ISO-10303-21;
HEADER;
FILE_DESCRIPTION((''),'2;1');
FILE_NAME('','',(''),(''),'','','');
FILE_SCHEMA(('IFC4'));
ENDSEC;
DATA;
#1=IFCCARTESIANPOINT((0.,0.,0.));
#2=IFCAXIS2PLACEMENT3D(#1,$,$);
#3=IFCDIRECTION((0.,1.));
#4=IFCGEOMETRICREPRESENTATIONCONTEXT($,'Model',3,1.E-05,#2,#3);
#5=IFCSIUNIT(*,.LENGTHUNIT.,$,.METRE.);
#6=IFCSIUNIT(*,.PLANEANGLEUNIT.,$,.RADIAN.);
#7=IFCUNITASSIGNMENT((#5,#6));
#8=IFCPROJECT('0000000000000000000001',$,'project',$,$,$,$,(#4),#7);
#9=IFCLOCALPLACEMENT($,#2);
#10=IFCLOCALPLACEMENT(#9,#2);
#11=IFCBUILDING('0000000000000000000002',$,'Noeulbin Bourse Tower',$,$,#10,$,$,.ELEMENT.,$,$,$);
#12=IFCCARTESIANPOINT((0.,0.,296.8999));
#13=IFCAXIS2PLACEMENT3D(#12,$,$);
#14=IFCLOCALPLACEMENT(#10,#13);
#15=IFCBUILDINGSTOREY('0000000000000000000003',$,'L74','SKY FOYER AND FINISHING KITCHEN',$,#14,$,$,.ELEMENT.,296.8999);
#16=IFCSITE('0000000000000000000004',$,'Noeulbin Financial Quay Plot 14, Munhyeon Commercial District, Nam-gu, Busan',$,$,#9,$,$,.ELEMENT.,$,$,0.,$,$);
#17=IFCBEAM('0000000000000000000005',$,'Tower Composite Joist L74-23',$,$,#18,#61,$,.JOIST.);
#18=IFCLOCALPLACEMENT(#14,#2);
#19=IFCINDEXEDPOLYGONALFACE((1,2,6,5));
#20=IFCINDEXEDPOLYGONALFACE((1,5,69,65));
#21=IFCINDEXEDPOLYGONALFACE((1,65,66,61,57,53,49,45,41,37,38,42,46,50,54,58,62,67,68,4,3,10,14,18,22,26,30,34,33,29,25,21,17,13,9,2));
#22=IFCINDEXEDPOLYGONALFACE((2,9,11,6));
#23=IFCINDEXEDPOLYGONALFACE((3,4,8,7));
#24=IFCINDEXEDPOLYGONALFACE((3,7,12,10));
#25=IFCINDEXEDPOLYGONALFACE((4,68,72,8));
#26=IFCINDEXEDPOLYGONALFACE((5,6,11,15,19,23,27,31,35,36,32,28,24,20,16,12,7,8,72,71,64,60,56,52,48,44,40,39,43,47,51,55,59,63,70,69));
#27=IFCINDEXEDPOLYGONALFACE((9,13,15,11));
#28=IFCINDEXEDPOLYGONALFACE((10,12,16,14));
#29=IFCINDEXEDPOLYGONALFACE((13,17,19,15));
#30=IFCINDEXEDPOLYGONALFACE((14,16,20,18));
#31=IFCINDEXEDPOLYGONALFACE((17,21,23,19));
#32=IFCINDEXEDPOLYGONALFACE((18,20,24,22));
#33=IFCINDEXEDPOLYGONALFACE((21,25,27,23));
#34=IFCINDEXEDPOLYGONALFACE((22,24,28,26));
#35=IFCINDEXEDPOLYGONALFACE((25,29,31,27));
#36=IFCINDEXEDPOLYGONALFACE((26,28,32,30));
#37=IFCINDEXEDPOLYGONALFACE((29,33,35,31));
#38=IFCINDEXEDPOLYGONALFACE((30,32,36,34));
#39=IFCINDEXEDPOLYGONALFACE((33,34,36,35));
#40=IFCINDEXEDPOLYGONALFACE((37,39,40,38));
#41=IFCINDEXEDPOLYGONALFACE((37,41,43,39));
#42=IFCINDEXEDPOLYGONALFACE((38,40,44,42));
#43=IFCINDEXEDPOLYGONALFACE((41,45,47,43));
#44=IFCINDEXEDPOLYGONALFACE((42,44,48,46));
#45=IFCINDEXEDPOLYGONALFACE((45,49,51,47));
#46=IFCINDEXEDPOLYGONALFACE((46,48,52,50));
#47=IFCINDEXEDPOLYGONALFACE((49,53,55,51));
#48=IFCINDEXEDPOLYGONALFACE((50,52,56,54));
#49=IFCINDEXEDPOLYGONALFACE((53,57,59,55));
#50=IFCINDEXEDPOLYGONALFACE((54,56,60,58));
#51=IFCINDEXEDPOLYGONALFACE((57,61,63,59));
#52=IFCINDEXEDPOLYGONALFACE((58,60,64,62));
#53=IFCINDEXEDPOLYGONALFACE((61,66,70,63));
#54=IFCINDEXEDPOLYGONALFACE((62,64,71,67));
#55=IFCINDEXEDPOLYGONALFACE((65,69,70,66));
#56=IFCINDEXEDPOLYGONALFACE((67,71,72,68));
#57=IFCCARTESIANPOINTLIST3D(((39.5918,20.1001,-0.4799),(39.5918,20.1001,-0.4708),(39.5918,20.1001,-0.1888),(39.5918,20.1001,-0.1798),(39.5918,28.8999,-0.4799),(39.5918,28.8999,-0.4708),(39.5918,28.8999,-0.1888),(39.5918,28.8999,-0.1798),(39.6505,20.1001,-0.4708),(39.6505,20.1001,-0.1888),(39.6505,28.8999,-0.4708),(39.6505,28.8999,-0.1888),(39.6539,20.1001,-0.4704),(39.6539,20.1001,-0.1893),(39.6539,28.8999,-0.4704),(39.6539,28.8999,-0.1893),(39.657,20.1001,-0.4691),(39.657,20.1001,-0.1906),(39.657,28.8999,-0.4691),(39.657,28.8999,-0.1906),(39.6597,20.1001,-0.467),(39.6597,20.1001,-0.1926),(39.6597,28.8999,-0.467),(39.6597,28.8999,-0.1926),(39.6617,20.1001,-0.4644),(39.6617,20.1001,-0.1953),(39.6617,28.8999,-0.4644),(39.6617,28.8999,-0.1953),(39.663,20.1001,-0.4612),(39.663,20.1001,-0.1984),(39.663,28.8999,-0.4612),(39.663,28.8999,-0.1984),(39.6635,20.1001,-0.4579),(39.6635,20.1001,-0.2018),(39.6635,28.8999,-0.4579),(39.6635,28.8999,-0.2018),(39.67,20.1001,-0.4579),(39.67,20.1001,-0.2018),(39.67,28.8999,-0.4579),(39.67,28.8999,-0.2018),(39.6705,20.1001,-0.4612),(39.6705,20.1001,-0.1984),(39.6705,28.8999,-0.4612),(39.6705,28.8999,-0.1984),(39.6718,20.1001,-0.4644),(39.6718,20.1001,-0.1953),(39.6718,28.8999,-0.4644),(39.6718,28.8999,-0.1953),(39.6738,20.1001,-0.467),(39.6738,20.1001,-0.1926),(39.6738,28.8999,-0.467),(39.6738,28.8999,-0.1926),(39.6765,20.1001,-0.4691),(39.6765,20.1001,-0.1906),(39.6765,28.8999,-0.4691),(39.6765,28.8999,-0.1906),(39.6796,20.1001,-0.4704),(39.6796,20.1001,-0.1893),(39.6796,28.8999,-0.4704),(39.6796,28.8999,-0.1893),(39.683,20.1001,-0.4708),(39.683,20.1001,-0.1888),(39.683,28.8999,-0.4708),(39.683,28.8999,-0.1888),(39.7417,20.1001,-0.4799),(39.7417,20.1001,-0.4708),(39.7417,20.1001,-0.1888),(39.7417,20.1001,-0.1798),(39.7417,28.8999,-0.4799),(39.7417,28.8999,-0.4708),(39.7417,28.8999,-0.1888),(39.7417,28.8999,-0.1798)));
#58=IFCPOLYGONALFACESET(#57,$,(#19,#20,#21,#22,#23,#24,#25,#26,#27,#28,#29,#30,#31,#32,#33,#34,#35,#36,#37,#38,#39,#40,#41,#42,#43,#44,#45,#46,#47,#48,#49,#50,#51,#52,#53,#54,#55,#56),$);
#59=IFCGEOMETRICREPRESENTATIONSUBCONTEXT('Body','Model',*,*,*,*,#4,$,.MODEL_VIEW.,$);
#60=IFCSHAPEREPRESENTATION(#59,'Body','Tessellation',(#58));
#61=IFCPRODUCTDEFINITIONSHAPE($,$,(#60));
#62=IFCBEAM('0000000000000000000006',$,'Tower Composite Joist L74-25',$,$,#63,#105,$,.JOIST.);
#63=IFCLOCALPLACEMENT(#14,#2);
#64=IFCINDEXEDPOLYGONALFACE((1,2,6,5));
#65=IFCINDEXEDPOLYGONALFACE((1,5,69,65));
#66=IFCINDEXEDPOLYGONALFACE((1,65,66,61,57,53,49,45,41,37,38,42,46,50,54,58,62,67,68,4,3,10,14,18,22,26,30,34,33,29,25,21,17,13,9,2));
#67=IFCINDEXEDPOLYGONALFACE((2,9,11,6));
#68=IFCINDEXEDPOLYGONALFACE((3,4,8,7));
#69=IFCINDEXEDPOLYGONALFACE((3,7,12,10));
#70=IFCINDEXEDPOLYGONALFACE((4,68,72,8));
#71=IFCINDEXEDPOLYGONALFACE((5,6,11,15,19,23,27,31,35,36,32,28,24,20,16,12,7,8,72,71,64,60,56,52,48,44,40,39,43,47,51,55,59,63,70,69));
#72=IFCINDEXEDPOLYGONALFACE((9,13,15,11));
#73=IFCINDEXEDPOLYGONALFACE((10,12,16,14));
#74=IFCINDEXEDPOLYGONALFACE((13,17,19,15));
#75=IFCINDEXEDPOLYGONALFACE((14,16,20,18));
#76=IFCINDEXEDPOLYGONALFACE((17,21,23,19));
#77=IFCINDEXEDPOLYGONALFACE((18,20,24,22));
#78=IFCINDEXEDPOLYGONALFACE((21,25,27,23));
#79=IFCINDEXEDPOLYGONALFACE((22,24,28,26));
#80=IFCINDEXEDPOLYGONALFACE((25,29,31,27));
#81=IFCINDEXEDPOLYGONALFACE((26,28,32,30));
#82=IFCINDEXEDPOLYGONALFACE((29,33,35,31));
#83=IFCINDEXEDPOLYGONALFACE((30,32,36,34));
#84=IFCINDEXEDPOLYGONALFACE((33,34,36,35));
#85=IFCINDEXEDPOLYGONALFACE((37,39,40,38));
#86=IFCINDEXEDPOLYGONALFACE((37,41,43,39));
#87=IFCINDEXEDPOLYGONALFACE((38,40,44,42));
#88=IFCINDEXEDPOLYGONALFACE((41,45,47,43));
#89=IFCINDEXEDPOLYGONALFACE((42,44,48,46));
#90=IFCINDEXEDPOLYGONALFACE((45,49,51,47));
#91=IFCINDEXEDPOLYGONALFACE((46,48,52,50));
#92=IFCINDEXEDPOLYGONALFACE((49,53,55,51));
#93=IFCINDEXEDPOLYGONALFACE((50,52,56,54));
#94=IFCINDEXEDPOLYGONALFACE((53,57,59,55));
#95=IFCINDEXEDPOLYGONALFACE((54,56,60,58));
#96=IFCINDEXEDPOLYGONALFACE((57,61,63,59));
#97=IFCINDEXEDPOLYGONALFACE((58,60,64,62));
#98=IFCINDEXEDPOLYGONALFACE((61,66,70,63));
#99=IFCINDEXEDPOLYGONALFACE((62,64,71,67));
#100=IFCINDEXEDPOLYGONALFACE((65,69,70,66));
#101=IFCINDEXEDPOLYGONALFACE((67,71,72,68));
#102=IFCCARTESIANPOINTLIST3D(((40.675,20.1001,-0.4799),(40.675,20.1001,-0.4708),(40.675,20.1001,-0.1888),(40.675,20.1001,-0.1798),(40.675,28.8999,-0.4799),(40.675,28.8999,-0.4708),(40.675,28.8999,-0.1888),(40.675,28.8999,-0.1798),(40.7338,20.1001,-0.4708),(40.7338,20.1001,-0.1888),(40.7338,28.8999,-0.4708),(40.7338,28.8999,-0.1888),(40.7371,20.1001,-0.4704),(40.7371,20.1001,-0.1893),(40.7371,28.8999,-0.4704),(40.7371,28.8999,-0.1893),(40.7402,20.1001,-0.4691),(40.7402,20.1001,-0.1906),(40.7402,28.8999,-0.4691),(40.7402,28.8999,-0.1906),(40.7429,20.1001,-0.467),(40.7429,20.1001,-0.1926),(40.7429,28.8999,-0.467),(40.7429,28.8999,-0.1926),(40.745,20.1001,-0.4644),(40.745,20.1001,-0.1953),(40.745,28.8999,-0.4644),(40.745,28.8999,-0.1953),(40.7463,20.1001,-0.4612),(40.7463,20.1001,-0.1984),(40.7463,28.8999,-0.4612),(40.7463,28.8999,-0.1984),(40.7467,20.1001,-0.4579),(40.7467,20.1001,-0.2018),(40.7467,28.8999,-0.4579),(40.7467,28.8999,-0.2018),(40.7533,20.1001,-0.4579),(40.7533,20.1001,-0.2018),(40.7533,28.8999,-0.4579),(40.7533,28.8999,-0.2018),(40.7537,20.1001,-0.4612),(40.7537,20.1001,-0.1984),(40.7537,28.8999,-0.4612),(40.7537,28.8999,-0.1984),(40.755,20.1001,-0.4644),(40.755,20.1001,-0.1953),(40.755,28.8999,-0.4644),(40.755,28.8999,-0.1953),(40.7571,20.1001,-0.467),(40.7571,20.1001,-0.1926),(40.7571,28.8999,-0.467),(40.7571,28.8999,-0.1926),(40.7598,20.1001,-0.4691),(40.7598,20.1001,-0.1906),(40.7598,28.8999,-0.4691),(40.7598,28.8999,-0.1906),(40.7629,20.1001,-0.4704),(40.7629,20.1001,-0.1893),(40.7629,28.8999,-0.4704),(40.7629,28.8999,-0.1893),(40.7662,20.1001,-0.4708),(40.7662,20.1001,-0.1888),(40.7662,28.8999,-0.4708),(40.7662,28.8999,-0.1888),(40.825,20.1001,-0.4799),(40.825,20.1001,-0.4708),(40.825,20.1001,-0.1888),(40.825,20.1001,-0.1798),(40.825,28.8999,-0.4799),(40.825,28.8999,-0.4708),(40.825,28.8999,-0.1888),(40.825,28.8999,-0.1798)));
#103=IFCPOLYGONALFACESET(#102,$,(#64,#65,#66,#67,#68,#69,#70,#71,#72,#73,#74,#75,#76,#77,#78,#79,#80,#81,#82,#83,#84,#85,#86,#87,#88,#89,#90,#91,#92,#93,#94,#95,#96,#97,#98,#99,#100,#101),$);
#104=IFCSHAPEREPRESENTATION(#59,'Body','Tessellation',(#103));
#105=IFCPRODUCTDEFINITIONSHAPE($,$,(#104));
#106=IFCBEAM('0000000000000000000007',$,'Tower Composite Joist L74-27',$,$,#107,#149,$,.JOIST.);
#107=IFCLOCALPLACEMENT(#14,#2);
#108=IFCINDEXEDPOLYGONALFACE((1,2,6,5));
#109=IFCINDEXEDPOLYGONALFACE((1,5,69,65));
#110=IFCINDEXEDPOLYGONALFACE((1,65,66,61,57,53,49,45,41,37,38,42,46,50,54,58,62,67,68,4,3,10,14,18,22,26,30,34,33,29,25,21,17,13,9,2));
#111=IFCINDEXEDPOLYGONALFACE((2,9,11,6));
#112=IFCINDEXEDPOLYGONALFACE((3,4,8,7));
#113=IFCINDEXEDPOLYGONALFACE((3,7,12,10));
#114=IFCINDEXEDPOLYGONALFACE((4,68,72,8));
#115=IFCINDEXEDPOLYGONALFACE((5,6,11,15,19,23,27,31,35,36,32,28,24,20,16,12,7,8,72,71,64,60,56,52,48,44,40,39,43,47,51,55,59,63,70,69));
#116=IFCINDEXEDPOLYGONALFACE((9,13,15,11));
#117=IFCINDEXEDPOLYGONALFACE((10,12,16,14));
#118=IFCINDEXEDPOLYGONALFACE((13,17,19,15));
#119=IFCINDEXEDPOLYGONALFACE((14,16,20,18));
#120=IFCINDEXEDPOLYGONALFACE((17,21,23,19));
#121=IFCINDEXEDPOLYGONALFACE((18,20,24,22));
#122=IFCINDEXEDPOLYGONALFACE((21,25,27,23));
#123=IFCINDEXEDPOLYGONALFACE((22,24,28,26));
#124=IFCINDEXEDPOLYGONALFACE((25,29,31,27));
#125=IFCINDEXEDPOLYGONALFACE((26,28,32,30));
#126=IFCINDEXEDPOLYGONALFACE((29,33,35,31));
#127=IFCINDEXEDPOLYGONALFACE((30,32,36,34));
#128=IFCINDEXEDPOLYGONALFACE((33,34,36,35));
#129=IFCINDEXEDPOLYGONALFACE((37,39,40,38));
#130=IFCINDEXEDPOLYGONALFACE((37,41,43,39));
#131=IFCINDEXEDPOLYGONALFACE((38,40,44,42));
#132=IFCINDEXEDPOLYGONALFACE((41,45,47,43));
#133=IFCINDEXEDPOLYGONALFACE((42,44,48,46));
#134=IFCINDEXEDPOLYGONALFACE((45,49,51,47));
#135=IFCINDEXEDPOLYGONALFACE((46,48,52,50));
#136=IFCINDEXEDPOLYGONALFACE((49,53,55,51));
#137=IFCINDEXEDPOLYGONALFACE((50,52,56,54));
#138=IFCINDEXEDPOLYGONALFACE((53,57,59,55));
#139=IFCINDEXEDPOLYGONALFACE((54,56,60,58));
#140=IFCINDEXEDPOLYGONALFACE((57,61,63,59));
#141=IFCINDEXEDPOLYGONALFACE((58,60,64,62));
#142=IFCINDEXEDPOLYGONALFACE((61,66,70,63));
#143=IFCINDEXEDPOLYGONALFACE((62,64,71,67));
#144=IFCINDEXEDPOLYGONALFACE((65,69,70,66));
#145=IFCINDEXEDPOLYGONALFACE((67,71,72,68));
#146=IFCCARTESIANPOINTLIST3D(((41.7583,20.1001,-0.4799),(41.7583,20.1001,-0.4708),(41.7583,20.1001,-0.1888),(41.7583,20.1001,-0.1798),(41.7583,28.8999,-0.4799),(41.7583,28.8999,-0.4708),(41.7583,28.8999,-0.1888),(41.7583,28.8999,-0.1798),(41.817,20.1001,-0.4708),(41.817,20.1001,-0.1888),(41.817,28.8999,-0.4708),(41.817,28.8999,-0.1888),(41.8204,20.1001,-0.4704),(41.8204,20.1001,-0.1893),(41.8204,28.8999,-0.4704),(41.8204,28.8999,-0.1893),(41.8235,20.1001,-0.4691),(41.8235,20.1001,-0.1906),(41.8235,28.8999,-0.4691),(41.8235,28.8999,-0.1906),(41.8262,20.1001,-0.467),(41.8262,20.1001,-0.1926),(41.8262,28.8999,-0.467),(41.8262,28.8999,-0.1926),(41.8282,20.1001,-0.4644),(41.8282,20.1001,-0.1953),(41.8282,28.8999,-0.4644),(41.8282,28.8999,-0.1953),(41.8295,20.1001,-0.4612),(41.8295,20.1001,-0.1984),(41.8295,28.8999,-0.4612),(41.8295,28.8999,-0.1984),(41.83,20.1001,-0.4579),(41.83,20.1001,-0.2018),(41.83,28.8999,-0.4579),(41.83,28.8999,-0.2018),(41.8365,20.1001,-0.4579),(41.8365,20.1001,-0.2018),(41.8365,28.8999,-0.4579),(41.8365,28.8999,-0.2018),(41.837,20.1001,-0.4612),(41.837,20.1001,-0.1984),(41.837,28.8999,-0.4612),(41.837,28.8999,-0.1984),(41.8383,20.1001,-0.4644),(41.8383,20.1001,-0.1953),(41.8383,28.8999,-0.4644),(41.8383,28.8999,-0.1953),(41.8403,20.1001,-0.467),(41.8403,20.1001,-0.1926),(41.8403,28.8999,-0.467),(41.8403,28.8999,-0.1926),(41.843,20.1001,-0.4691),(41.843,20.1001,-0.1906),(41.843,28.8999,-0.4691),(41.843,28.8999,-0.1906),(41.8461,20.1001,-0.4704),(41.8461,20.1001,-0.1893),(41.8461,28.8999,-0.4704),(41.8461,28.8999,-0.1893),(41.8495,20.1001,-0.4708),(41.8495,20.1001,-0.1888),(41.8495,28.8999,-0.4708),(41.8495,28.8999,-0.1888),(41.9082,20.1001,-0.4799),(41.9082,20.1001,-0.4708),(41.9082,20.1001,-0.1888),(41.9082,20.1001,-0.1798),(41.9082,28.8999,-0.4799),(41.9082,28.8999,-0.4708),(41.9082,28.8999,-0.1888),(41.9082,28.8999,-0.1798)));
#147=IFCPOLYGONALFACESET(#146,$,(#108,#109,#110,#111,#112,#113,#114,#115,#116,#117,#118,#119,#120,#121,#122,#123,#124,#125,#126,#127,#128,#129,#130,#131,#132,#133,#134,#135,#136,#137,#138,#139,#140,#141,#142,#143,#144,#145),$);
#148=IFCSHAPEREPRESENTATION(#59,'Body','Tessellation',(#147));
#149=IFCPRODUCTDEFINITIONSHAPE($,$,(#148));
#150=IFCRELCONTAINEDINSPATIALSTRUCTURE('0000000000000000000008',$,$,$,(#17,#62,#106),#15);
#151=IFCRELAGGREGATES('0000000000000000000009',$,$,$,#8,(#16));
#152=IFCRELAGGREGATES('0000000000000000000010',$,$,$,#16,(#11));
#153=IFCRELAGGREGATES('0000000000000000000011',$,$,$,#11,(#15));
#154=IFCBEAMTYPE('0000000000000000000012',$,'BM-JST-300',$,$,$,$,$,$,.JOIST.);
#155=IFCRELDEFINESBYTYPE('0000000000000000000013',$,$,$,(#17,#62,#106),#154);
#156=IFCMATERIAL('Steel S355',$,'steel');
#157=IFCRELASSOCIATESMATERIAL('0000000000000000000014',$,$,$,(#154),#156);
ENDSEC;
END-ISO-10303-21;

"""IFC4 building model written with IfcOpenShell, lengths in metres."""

from ifc_helpers import new_model, si_unit, direction, frame, origin, origin_2d, place, context, subcontext, project, spatial, i_section, extrude, material, material_profile, profile_set, type_object, element, save


model = new_model("IFC4")

# Units and contexts
model_context = context("Model", 3, precision=1e-05, world=origin(), true_north=direction((0.0, 1.0)))
body_context = subcontext(model_context, "Body", "Model", "MODEL_VIEW")
ifc_project = project(units=[si_unit("LENGTHUNIT", "METRE"), si_unit("PLANEANGLEUNIT", "RADIAN")], contexts=[model_context])

# Site, building, storey
site_placement = place(None, origin())
site = spatial("IfcSite", under=ifc_project, at=site_placement, Name="Noeulbin Financial Quay Plot 14, Munhyeon Commercial District, Nam-gu, Busan", CompositionType="ELEMENT", RefElevation=0.0)
building_placement = place(site_placement, origin())
building = spatial("IfcBuilding", under=site, at=building_placement, Name="Noeulbin Bourse Tower", CompositionType="ELEMENT")
storey_placement = place(building_placement, frame((0.0, 0.0, 296.8999)))
storey = spatial("IfcBuildingStorey", under=building, at=storey_placement, Name="L74", Description="SKY FOYER AND FINISHING KITCHEN", CompositionType="ELEMENT", Elevation=296.8999)

# Shared definitions
ifc_material_1 = material(Name="Steel S355", Category="steel")

# Beams
ifc_material_profile_1 = material_profile(ifc_material_1, i_section(OverallWidth=0.1499, OverallDepth=0.3, WebThickness=0.0066, FlangeThickness=0.009, FilletRadius=0.0129, at=origin_2d()), Name="H-300x150x6.5x9", Category="LoadBearing")
ifc_profile_set_1 = profile_set([ifc_material_profile_1], Name="Steel S355")
beam_type_1 = type_object("IfcBeamType", Name="BM-JST-300", PredefinedType="JOIST", material=ifc_profile_set_1)
for number, where, z_axis, x_axis, name in (
    (1, (39.6667, 20.1001, -0.3298), (0.0, 1.0, 0.0), (-1.0, 0.0, 0.0), "Tower Composite Joist L74-23"),
    (2, (40.75, 20.1001, -0.3298), (0.0, 1.0, 0.0), (-1.0, 0.0, 0.0), "Tower Composite Joist L74-25"),
    (3, (41.8333, 20.1001, -0.3298), (0.0, 1.0, 0.0), (-1.0, 0.0, 0.0), "Tower Composite Joist L74-27"),
):
    element("IfcBeam", number, at=place(storey_placement, frame(where, z_axis=z_axis, x_axis=x_axis)), inside=storey, type_object=beam_type_1, Name=name, PredefinedType="JOIST", context=body_context, shape_type="SweptSolid", body=[
        extrude(i_section(OverallWidth=0.1499, OverallDepth=0.3, WebThickness=0.0066, FlangeThickness=0.009, FilletRadius=0.0129, at=origin_2d()), origin(), (0.0, 0.0, 1.0), 8.7998),
    ])

save(model, "model.ifc")
